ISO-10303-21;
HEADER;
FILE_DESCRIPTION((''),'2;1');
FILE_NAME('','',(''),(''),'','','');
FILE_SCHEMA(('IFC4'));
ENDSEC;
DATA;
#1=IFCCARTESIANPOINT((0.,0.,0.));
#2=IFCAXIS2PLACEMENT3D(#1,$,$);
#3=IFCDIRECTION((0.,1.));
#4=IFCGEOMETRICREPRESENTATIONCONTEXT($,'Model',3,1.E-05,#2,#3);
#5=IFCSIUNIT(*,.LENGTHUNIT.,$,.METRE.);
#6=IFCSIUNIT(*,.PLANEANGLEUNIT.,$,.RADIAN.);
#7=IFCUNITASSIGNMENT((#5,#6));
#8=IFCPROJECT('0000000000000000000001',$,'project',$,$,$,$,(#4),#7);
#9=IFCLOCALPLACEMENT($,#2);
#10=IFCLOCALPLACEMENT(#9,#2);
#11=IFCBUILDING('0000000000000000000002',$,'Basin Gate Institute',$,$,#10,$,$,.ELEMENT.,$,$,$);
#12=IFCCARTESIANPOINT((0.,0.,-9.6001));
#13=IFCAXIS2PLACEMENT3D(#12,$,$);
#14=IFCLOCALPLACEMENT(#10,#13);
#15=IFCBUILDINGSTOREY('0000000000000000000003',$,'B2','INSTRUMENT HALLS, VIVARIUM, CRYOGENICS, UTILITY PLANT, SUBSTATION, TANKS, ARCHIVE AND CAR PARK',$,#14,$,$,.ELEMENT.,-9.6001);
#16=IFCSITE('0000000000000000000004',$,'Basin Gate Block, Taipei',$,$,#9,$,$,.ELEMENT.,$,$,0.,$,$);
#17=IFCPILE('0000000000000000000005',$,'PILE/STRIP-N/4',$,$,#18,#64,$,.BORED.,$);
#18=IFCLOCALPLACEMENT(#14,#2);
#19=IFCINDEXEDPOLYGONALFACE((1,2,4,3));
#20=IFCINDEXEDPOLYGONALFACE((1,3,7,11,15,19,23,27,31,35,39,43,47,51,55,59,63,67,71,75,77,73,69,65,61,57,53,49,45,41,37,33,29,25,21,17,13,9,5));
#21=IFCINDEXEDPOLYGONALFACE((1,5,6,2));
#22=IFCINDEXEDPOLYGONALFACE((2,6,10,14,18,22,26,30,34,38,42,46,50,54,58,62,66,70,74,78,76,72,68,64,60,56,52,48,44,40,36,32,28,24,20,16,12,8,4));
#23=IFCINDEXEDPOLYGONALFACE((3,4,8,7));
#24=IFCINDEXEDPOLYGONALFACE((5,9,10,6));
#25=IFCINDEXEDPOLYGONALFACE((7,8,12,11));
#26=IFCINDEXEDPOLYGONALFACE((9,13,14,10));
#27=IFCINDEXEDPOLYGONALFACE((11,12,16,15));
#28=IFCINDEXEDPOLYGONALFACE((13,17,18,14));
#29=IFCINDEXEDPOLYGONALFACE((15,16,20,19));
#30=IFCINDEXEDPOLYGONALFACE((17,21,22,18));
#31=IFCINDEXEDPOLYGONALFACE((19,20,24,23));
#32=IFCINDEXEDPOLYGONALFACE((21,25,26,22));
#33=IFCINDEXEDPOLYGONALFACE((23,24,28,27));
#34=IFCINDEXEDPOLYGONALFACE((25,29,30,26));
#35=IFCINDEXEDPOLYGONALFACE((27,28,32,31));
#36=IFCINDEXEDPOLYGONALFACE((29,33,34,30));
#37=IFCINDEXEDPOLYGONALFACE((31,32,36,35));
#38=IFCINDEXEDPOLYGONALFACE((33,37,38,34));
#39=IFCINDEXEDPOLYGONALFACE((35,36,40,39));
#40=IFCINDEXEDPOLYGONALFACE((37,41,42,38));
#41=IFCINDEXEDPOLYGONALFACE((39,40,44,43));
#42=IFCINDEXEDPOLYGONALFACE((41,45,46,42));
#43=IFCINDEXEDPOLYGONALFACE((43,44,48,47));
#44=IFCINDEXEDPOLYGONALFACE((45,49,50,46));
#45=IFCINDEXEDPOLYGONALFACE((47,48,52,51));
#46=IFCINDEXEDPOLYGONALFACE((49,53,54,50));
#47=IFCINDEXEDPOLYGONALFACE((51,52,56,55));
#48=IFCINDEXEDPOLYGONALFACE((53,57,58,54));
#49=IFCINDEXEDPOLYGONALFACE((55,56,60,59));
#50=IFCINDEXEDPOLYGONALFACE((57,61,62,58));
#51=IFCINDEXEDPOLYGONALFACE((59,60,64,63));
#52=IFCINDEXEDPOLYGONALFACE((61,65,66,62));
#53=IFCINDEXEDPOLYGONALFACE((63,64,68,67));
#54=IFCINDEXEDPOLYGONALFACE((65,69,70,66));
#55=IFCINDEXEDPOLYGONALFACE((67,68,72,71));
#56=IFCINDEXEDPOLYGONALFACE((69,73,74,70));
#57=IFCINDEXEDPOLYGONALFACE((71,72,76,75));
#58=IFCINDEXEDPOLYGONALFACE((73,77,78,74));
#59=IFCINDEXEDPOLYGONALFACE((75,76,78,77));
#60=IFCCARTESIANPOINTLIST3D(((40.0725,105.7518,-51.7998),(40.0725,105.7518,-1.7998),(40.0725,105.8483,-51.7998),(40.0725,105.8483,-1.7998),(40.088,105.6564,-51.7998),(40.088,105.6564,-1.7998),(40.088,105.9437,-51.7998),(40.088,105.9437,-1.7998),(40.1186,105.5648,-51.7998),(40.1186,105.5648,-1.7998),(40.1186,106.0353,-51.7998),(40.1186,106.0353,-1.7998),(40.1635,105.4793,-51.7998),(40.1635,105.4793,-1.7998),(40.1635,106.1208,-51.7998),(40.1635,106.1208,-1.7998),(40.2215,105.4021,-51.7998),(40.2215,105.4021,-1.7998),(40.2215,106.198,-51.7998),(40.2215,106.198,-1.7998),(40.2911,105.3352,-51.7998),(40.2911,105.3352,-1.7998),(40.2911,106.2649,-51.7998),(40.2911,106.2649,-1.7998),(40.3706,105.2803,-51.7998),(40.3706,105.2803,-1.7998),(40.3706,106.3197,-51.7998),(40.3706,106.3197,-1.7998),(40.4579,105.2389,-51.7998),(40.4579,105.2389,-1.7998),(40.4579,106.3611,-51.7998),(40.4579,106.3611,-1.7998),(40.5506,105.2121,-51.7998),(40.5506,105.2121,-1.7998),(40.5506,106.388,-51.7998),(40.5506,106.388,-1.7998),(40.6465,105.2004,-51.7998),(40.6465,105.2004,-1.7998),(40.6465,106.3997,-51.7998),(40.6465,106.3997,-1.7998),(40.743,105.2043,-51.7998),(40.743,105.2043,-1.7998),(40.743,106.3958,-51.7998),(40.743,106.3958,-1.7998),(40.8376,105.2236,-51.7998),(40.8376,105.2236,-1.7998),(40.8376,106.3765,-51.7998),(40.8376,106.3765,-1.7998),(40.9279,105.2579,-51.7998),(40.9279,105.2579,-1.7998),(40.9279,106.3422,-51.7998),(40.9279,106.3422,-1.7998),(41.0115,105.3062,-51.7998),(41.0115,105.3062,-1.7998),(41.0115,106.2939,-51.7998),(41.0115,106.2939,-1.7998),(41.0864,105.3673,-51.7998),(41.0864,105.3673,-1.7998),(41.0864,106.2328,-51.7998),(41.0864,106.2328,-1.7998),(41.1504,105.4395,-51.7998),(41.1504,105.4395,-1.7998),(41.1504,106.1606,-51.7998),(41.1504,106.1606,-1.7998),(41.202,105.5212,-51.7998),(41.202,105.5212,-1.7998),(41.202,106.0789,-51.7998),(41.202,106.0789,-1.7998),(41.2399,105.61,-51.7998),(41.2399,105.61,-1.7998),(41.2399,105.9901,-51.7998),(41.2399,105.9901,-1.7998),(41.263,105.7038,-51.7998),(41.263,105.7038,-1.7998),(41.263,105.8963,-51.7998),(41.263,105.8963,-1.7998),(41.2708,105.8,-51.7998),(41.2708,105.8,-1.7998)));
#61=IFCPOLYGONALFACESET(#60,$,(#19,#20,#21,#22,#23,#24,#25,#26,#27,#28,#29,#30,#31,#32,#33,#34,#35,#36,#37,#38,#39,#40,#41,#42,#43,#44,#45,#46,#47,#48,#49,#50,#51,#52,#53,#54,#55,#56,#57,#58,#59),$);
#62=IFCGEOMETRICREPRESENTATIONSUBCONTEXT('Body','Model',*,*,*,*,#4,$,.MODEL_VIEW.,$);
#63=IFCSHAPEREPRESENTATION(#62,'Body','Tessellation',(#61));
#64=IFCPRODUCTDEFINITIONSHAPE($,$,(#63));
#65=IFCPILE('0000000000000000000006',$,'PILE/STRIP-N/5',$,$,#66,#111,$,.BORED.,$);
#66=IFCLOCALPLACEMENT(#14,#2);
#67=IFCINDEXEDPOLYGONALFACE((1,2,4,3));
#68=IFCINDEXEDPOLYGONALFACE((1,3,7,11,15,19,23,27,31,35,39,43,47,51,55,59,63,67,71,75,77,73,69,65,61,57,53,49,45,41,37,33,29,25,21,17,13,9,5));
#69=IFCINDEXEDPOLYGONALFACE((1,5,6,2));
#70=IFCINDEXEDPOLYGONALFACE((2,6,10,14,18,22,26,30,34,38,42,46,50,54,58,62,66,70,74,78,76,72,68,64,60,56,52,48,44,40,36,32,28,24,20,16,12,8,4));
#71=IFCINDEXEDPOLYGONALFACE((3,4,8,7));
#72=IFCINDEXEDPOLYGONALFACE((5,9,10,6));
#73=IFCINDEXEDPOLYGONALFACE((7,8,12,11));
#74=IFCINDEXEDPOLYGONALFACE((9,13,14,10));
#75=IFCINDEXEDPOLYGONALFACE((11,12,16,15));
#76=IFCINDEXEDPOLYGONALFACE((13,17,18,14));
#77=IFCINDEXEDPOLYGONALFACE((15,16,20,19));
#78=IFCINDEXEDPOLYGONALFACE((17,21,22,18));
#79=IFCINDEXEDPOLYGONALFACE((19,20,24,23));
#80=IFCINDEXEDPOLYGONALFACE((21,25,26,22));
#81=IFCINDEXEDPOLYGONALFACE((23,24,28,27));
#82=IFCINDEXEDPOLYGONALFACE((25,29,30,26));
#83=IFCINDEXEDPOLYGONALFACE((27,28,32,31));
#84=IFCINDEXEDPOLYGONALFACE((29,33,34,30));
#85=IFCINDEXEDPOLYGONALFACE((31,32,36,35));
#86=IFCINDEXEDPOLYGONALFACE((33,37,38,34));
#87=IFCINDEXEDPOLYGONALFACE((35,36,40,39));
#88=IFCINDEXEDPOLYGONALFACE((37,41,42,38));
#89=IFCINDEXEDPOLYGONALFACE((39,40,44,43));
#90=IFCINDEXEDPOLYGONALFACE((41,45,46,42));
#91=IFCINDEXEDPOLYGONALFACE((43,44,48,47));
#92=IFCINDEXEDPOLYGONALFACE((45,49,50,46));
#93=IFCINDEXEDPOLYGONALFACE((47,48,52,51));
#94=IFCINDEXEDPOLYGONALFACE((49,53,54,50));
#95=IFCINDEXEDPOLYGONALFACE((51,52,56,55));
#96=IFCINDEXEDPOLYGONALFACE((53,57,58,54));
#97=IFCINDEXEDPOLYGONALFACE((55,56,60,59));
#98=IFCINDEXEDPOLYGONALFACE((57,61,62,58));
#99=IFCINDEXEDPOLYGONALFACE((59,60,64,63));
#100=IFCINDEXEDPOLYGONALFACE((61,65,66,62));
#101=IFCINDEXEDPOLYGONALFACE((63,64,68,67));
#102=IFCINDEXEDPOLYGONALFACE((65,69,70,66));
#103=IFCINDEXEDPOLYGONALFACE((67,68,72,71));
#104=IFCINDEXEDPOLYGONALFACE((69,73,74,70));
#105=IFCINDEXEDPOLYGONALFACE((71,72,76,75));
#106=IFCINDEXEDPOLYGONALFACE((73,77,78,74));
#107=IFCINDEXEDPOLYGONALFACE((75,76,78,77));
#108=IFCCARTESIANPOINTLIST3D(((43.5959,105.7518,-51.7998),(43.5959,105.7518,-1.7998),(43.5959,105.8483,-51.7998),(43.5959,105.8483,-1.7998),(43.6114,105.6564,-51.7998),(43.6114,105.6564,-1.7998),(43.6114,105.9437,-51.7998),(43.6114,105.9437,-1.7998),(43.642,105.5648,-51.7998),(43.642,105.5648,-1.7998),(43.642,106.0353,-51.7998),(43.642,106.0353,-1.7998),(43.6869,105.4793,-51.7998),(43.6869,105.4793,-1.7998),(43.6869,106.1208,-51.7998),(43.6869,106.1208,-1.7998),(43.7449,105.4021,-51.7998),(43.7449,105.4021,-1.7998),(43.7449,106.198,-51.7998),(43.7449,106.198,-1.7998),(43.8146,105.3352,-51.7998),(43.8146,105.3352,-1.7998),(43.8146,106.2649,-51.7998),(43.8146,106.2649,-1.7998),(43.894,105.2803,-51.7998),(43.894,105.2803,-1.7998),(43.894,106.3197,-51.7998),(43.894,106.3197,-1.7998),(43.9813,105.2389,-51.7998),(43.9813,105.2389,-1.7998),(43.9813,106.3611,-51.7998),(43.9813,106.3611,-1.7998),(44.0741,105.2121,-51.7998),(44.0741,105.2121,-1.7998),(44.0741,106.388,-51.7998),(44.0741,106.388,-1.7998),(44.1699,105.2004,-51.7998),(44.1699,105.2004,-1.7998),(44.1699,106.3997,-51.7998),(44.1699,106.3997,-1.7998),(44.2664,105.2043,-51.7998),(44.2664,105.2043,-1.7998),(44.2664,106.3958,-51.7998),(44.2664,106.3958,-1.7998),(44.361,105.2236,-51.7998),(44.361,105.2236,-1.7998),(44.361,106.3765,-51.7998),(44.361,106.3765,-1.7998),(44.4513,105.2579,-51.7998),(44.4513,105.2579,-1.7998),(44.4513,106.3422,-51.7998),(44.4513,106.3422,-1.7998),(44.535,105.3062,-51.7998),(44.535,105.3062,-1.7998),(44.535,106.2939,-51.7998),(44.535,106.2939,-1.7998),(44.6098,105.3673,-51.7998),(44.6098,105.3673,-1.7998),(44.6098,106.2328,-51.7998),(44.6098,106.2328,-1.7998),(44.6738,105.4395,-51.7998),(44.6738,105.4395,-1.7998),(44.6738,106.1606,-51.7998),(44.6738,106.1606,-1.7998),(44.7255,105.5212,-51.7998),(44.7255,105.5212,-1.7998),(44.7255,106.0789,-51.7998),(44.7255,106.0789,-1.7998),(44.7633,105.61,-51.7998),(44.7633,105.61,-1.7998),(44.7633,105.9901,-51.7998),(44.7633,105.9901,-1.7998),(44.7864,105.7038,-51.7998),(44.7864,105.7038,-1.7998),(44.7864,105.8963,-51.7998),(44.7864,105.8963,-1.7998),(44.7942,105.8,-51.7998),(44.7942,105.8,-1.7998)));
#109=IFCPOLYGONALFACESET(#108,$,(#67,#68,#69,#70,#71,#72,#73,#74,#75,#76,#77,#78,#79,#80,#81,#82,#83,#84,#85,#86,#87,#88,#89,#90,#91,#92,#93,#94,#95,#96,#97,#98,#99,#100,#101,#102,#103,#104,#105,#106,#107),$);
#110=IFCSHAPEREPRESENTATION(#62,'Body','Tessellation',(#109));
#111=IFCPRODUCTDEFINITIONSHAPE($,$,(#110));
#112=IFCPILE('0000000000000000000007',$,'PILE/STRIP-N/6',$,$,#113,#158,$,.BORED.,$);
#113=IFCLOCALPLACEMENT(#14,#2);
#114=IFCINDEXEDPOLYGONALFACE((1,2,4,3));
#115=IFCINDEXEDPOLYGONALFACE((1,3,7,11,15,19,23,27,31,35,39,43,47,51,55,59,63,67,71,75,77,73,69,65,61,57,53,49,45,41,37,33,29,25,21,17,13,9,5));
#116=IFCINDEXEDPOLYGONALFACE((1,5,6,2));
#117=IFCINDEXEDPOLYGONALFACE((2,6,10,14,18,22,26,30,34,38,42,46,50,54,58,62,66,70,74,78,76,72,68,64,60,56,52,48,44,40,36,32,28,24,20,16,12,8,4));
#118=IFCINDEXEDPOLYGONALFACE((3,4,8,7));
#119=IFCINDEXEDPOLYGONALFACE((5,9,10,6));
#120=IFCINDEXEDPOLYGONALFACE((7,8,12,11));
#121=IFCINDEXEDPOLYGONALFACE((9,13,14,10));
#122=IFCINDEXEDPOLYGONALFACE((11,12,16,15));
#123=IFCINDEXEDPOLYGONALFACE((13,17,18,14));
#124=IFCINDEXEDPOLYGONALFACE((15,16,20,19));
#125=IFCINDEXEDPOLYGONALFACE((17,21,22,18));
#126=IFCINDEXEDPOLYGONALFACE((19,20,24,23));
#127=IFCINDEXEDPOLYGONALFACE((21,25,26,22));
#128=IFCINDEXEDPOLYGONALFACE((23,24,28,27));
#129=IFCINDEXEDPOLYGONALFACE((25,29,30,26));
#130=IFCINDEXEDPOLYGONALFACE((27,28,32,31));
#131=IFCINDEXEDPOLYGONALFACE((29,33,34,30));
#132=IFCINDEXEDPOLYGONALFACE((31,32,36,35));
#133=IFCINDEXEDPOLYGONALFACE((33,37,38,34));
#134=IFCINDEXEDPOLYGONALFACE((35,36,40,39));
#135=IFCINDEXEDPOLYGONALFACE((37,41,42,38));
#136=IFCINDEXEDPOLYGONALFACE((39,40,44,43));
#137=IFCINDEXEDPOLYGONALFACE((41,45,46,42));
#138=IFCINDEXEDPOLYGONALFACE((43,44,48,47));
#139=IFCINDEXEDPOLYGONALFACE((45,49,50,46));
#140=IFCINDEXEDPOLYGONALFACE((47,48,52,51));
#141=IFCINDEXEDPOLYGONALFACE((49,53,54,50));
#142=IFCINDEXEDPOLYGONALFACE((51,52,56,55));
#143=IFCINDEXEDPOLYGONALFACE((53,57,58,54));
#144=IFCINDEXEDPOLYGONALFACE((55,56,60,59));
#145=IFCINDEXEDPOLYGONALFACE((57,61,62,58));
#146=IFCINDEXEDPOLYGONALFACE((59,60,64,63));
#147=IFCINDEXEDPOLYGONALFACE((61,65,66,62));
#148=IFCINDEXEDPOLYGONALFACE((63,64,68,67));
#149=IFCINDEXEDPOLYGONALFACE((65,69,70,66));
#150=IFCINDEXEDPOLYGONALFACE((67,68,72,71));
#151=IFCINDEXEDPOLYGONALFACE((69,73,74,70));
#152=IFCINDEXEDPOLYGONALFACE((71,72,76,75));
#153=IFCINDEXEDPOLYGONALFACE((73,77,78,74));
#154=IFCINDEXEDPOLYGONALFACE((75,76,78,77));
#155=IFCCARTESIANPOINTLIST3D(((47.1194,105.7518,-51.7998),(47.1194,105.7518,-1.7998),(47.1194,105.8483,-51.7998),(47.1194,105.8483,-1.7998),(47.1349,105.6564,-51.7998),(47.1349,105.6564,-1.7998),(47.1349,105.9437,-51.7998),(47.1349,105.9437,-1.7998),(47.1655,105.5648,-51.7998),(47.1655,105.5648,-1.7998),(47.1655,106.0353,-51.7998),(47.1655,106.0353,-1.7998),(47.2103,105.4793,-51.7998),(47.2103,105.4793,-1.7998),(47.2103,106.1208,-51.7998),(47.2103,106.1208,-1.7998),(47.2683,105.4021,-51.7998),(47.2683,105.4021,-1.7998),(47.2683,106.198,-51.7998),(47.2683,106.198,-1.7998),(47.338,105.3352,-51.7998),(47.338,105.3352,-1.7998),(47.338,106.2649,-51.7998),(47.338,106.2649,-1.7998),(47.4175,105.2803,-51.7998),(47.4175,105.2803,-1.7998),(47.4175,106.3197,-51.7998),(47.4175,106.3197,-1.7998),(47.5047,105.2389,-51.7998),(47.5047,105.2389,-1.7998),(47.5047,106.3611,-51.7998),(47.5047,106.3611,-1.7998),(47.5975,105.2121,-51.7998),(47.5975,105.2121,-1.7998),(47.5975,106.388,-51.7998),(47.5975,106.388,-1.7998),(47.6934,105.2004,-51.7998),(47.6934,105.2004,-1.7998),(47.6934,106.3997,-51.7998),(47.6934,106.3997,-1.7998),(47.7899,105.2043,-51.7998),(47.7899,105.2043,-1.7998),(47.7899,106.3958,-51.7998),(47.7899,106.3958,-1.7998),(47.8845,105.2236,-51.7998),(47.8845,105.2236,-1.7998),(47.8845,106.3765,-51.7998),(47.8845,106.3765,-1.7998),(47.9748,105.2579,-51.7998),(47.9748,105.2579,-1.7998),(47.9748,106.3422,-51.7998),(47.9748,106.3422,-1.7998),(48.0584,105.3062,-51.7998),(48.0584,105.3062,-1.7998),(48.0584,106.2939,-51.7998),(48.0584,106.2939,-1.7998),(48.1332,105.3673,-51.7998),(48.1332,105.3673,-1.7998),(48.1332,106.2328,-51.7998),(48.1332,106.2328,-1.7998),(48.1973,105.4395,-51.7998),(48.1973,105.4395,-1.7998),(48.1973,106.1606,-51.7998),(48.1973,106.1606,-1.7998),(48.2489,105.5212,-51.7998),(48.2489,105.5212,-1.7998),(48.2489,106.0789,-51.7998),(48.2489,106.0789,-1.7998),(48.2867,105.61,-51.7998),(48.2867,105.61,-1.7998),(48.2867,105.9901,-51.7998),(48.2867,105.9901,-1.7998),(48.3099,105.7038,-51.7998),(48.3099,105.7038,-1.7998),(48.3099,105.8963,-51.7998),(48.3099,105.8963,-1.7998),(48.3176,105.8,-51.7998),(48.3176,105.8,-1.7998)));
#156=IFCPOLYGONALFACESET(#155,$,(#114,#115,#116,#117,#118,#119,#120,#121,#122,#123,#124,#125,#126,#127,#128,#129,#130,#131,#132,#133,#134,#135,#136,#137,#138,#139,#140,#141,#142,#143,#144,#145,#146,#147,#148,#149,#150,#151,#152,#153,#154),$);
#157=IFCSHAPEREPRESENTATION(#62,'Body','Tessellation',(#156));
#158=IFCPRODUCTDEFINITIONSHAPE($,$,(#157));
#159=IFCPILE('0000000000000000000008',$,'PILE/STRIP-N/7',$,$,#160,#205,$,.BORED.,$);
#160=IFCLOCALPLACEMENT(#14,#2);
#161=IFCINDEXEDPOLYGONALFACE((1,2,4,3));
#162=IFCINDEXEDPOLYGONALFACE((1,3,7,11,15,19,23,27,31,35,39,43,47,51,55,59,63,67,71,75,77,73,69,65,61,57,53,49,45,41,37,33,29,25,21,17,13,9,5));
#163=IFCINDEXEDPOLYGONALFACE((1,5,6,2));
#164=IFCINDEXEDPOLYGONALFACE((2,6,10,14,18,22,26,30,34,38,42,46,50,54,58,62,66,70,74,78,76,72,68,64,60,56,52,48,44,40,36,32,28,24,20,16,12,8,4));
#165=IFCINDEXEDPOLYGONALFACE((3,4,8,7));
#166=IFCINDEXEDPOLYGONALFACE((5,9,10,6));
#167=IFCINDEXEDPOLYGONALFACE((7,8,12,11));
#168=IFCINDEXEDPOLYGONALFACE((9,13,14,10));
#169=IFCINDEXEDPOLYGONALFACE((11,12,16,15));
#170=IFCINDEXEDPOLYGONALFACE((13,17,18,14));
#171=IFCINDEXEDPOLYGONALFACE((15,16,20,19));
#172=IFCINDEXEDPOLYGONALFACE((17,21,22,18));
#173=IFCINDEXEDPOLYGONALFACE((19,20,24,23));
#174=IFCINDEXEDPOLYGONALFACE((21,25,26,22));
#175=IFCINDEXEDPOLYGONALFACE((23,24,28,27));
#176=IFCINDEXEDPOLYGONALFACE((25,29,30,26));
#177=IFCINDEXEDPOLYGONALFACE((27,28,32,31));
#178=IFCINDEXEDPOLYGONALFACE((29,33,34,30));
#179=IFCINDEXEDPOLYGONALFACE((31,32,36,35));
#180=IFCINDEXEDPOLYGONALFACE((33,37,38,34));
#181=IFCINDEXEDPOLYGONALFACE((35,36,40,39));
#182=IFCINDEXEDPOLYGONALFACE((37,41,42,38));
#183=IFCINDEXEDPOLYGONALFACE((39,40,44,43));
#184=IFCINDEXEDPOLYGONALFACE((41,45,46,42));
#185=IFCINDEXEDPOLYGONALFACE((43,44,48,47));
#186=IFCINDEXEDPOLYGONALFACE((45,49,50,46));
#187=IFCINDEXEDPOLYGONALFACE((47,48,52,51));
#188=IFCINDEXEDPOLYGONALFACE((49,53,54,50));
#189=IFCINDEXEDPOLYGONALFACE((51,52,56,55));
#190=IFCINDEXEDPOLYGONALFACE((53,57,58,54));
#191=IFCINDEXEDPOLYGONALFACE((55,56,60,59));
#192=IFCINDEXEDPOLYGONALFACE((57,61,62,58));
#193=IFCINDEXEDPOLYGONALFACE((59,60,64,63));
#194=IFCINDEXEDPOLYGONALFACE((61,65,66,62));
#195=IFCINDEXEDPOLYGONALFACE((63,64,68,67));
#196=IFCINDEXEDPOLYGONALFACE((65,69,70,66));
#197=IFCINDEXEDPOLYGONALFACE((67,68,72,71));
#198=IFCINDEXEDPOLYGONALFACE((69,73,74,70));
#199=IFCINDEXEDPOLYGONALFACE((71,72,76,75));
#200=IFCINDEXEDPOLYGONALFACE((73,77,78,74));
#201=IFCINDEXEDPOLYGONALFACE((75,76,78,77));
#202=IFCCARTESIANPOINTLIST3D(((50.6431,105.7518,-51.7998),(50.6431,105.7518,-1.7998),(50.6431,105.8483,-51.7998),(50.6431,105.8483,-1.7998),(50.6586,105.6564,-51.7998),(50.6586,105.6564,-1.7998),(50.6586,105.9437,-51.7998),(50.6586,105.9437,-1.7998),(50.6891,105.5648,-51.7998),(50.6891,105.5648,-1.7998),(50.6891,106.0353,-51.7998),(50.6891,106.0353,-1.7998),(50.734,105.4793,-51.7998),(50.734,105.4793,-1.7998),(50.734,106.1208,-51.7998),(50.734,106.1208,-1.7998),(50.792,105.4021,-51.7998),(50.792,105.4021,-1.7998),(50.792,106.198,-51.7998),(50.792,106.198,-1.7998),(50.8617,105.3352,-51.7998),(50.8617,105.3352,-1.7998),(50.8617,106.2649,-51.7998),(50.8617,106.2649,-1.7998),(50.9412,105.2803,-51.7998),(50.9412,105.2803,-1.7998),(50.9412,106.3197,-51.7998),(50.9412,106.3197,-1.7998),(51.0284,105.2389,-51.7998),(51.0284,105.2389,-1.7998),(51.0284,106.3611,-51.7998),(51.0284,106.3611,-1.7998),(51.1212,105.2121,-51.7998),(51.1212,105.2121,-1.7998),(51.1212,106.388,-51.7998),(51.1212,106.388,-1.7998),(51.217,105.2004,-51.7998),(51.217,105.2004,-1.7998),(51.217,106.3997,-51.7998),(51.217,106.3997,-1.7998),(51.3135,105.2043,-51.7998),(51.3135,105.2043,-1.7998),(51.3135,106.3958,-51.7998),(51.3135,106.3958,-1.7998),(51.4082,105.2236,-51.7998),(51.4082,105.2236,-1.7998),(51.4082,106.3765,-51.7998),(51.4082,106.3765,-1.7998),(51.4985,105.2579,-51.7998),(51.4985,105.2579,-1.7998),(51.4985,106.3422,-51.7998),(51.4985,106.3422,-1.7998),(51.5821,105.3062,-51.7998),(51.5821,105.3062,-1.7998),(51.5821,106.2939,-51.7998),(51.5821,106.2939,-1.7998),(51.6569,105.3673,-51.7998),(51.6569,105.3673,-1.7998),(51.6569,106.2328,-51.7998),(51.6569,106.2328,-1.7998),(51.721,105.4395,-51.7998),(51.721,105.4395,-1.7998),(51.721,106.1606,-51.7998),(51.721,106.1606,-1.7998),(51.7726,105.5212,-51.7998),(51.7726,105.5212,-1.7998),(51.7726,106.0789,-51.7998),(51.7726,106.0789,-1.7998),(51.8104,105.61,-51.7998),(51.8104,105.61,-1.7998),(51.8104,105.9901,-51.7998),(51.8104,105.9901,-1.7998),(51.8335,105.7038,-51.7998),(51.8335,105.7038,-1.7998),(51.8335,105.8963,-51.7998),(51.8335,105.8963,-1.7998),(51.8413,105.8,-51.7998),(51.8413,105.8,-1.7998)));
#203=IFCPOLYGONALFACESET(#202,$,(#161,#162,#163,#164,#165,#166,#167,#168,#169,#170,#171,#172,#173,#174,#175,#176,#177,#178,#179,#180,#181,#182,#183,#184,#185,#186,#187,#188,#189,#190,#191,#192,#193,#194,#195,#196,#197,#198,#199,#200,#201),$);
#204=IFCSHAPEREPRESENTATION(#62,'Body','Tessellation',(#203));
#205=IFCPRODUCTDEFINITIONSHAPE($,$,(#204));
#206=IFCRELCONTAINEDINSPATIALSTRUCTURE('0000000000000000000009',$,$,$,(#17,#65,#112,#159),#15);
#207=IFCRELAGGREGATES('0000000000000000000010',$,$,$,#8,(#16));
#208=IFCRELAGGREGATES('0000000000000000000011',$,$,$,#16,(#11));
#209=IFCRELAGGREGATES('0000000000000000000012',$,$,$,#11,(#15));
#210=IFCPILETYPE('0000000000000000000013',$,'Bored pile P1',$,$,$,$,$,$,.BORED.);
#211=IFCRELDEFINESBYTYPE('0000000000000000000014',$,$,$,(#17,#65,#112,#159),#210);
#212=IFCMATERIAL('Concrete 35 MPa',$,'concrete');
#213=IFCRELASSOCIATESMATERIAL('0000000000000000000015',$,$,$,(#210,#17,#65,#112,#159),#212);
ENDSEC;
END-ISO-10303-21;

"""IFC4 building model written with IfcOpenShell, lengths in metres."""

from ifc_helpers import new_model, si_unit, direction, frame, origin, origin_2d, place, context, subcontext, project, spatial, circle, extrude, material, material_profile, profile_set, type_object, element, save


model = new_model("IFC4")

# Units and contexts
model_context = context("Model", 3, precision=1e-05, world=origin(), true_north=direction((0.0, 1.0)))
body_context = subcontext(model_context, "Body", "Model", "MODEL_VIEW")
ifc_project = project(units=[si_unit("LENGTHUNIT", "METRE"), si_unit("PLANEANGLEUNIT", "RADIAN")], contexts=[model_context])

# Site, building, storey
site_placement = place(None, origin())
site = spatial("IfcSite", under=ifc_project, at=site_placement, Name="Basin Gate Block, Taipei", CompositionType="ELEMENT", RefElevation=0.0)
building_placement = place(site_placement, origin())
building = spatial("IfcBuilding", under=site, at=building_placement, Name="Basin Gate Institute", CompositionType="ELEMENT")
storey_placement = place(building_placement, frame((0.0, 0.0, -9.6001)))
storey = spatial("IfcBuildingStorey", under=building, at=storey_placement, Name="B2", Description="INSTRUMENT HALLS, VIVARIUM, CRYOGENICS, UTILITY PLANT, SUBSTATION, TANKS, ARCHIVE AND CAR PARK", CompositionType="ELEMENT", Elevation=-9.6001)

# Piles
ifc_material_1 = material(Name="Concrete 35 MPa", Category="concrete")
ifc_material_profile_1 = material_profile(ifc_material_1, circle(Radius=0.6001, at=origin_2d()), Name="Bored pile P1 1200 dia")
ifc_profile_set_1 = profile_set([ifc_material_profile_1], Name="Concrete 35 MPa")
pile_type = type_object("IfcPileType", Name="Bored pile P1", PredefinedType="BORED", material=ifc_profile_set_1)
for number, where, z_axis, x_axis, name in (
    (1, (40.6707, 105.8, -1.7998), (0.0, 0.0, -1.0), (1.0, 0.0, 0.0), "PILE/STRIP-N/4"),
    (2, (44.1941, 105.8, -1.7998), (0.0, 0.0, -1.0), (1.0, 0.0, 0.0), "PILE/STRIP-N/5"),
    (3, (47.7175, 105.8, -1.7998), (0.0, 0.0, -1.0), (1.0, 0.0, 0.0), "PILE/STRIP-N/6"),
    (4, (51.2412, 105.8, -1.7998), (0.0, 0.0, -1.0), (1.0, 0.0, 0.0), "PILE/STRIP-N/7"),
):
    element("IfcPile", number, at=place(storey_placement, frame(where, z_axis=z_axis, x_axis=x_axis)), inside=storey, type_object=pile_type, material=ifc_profile_set_1, Name=name, PredefinedType="BORED", context=body_context, shape_type="SweptSolid", body=[
        extrude(circle(Radius=0.6001, at=origin_2d()), origin(), (0.0, 0.0, 1.0), 50.0),
    ])

save(model, "model.ifc")
